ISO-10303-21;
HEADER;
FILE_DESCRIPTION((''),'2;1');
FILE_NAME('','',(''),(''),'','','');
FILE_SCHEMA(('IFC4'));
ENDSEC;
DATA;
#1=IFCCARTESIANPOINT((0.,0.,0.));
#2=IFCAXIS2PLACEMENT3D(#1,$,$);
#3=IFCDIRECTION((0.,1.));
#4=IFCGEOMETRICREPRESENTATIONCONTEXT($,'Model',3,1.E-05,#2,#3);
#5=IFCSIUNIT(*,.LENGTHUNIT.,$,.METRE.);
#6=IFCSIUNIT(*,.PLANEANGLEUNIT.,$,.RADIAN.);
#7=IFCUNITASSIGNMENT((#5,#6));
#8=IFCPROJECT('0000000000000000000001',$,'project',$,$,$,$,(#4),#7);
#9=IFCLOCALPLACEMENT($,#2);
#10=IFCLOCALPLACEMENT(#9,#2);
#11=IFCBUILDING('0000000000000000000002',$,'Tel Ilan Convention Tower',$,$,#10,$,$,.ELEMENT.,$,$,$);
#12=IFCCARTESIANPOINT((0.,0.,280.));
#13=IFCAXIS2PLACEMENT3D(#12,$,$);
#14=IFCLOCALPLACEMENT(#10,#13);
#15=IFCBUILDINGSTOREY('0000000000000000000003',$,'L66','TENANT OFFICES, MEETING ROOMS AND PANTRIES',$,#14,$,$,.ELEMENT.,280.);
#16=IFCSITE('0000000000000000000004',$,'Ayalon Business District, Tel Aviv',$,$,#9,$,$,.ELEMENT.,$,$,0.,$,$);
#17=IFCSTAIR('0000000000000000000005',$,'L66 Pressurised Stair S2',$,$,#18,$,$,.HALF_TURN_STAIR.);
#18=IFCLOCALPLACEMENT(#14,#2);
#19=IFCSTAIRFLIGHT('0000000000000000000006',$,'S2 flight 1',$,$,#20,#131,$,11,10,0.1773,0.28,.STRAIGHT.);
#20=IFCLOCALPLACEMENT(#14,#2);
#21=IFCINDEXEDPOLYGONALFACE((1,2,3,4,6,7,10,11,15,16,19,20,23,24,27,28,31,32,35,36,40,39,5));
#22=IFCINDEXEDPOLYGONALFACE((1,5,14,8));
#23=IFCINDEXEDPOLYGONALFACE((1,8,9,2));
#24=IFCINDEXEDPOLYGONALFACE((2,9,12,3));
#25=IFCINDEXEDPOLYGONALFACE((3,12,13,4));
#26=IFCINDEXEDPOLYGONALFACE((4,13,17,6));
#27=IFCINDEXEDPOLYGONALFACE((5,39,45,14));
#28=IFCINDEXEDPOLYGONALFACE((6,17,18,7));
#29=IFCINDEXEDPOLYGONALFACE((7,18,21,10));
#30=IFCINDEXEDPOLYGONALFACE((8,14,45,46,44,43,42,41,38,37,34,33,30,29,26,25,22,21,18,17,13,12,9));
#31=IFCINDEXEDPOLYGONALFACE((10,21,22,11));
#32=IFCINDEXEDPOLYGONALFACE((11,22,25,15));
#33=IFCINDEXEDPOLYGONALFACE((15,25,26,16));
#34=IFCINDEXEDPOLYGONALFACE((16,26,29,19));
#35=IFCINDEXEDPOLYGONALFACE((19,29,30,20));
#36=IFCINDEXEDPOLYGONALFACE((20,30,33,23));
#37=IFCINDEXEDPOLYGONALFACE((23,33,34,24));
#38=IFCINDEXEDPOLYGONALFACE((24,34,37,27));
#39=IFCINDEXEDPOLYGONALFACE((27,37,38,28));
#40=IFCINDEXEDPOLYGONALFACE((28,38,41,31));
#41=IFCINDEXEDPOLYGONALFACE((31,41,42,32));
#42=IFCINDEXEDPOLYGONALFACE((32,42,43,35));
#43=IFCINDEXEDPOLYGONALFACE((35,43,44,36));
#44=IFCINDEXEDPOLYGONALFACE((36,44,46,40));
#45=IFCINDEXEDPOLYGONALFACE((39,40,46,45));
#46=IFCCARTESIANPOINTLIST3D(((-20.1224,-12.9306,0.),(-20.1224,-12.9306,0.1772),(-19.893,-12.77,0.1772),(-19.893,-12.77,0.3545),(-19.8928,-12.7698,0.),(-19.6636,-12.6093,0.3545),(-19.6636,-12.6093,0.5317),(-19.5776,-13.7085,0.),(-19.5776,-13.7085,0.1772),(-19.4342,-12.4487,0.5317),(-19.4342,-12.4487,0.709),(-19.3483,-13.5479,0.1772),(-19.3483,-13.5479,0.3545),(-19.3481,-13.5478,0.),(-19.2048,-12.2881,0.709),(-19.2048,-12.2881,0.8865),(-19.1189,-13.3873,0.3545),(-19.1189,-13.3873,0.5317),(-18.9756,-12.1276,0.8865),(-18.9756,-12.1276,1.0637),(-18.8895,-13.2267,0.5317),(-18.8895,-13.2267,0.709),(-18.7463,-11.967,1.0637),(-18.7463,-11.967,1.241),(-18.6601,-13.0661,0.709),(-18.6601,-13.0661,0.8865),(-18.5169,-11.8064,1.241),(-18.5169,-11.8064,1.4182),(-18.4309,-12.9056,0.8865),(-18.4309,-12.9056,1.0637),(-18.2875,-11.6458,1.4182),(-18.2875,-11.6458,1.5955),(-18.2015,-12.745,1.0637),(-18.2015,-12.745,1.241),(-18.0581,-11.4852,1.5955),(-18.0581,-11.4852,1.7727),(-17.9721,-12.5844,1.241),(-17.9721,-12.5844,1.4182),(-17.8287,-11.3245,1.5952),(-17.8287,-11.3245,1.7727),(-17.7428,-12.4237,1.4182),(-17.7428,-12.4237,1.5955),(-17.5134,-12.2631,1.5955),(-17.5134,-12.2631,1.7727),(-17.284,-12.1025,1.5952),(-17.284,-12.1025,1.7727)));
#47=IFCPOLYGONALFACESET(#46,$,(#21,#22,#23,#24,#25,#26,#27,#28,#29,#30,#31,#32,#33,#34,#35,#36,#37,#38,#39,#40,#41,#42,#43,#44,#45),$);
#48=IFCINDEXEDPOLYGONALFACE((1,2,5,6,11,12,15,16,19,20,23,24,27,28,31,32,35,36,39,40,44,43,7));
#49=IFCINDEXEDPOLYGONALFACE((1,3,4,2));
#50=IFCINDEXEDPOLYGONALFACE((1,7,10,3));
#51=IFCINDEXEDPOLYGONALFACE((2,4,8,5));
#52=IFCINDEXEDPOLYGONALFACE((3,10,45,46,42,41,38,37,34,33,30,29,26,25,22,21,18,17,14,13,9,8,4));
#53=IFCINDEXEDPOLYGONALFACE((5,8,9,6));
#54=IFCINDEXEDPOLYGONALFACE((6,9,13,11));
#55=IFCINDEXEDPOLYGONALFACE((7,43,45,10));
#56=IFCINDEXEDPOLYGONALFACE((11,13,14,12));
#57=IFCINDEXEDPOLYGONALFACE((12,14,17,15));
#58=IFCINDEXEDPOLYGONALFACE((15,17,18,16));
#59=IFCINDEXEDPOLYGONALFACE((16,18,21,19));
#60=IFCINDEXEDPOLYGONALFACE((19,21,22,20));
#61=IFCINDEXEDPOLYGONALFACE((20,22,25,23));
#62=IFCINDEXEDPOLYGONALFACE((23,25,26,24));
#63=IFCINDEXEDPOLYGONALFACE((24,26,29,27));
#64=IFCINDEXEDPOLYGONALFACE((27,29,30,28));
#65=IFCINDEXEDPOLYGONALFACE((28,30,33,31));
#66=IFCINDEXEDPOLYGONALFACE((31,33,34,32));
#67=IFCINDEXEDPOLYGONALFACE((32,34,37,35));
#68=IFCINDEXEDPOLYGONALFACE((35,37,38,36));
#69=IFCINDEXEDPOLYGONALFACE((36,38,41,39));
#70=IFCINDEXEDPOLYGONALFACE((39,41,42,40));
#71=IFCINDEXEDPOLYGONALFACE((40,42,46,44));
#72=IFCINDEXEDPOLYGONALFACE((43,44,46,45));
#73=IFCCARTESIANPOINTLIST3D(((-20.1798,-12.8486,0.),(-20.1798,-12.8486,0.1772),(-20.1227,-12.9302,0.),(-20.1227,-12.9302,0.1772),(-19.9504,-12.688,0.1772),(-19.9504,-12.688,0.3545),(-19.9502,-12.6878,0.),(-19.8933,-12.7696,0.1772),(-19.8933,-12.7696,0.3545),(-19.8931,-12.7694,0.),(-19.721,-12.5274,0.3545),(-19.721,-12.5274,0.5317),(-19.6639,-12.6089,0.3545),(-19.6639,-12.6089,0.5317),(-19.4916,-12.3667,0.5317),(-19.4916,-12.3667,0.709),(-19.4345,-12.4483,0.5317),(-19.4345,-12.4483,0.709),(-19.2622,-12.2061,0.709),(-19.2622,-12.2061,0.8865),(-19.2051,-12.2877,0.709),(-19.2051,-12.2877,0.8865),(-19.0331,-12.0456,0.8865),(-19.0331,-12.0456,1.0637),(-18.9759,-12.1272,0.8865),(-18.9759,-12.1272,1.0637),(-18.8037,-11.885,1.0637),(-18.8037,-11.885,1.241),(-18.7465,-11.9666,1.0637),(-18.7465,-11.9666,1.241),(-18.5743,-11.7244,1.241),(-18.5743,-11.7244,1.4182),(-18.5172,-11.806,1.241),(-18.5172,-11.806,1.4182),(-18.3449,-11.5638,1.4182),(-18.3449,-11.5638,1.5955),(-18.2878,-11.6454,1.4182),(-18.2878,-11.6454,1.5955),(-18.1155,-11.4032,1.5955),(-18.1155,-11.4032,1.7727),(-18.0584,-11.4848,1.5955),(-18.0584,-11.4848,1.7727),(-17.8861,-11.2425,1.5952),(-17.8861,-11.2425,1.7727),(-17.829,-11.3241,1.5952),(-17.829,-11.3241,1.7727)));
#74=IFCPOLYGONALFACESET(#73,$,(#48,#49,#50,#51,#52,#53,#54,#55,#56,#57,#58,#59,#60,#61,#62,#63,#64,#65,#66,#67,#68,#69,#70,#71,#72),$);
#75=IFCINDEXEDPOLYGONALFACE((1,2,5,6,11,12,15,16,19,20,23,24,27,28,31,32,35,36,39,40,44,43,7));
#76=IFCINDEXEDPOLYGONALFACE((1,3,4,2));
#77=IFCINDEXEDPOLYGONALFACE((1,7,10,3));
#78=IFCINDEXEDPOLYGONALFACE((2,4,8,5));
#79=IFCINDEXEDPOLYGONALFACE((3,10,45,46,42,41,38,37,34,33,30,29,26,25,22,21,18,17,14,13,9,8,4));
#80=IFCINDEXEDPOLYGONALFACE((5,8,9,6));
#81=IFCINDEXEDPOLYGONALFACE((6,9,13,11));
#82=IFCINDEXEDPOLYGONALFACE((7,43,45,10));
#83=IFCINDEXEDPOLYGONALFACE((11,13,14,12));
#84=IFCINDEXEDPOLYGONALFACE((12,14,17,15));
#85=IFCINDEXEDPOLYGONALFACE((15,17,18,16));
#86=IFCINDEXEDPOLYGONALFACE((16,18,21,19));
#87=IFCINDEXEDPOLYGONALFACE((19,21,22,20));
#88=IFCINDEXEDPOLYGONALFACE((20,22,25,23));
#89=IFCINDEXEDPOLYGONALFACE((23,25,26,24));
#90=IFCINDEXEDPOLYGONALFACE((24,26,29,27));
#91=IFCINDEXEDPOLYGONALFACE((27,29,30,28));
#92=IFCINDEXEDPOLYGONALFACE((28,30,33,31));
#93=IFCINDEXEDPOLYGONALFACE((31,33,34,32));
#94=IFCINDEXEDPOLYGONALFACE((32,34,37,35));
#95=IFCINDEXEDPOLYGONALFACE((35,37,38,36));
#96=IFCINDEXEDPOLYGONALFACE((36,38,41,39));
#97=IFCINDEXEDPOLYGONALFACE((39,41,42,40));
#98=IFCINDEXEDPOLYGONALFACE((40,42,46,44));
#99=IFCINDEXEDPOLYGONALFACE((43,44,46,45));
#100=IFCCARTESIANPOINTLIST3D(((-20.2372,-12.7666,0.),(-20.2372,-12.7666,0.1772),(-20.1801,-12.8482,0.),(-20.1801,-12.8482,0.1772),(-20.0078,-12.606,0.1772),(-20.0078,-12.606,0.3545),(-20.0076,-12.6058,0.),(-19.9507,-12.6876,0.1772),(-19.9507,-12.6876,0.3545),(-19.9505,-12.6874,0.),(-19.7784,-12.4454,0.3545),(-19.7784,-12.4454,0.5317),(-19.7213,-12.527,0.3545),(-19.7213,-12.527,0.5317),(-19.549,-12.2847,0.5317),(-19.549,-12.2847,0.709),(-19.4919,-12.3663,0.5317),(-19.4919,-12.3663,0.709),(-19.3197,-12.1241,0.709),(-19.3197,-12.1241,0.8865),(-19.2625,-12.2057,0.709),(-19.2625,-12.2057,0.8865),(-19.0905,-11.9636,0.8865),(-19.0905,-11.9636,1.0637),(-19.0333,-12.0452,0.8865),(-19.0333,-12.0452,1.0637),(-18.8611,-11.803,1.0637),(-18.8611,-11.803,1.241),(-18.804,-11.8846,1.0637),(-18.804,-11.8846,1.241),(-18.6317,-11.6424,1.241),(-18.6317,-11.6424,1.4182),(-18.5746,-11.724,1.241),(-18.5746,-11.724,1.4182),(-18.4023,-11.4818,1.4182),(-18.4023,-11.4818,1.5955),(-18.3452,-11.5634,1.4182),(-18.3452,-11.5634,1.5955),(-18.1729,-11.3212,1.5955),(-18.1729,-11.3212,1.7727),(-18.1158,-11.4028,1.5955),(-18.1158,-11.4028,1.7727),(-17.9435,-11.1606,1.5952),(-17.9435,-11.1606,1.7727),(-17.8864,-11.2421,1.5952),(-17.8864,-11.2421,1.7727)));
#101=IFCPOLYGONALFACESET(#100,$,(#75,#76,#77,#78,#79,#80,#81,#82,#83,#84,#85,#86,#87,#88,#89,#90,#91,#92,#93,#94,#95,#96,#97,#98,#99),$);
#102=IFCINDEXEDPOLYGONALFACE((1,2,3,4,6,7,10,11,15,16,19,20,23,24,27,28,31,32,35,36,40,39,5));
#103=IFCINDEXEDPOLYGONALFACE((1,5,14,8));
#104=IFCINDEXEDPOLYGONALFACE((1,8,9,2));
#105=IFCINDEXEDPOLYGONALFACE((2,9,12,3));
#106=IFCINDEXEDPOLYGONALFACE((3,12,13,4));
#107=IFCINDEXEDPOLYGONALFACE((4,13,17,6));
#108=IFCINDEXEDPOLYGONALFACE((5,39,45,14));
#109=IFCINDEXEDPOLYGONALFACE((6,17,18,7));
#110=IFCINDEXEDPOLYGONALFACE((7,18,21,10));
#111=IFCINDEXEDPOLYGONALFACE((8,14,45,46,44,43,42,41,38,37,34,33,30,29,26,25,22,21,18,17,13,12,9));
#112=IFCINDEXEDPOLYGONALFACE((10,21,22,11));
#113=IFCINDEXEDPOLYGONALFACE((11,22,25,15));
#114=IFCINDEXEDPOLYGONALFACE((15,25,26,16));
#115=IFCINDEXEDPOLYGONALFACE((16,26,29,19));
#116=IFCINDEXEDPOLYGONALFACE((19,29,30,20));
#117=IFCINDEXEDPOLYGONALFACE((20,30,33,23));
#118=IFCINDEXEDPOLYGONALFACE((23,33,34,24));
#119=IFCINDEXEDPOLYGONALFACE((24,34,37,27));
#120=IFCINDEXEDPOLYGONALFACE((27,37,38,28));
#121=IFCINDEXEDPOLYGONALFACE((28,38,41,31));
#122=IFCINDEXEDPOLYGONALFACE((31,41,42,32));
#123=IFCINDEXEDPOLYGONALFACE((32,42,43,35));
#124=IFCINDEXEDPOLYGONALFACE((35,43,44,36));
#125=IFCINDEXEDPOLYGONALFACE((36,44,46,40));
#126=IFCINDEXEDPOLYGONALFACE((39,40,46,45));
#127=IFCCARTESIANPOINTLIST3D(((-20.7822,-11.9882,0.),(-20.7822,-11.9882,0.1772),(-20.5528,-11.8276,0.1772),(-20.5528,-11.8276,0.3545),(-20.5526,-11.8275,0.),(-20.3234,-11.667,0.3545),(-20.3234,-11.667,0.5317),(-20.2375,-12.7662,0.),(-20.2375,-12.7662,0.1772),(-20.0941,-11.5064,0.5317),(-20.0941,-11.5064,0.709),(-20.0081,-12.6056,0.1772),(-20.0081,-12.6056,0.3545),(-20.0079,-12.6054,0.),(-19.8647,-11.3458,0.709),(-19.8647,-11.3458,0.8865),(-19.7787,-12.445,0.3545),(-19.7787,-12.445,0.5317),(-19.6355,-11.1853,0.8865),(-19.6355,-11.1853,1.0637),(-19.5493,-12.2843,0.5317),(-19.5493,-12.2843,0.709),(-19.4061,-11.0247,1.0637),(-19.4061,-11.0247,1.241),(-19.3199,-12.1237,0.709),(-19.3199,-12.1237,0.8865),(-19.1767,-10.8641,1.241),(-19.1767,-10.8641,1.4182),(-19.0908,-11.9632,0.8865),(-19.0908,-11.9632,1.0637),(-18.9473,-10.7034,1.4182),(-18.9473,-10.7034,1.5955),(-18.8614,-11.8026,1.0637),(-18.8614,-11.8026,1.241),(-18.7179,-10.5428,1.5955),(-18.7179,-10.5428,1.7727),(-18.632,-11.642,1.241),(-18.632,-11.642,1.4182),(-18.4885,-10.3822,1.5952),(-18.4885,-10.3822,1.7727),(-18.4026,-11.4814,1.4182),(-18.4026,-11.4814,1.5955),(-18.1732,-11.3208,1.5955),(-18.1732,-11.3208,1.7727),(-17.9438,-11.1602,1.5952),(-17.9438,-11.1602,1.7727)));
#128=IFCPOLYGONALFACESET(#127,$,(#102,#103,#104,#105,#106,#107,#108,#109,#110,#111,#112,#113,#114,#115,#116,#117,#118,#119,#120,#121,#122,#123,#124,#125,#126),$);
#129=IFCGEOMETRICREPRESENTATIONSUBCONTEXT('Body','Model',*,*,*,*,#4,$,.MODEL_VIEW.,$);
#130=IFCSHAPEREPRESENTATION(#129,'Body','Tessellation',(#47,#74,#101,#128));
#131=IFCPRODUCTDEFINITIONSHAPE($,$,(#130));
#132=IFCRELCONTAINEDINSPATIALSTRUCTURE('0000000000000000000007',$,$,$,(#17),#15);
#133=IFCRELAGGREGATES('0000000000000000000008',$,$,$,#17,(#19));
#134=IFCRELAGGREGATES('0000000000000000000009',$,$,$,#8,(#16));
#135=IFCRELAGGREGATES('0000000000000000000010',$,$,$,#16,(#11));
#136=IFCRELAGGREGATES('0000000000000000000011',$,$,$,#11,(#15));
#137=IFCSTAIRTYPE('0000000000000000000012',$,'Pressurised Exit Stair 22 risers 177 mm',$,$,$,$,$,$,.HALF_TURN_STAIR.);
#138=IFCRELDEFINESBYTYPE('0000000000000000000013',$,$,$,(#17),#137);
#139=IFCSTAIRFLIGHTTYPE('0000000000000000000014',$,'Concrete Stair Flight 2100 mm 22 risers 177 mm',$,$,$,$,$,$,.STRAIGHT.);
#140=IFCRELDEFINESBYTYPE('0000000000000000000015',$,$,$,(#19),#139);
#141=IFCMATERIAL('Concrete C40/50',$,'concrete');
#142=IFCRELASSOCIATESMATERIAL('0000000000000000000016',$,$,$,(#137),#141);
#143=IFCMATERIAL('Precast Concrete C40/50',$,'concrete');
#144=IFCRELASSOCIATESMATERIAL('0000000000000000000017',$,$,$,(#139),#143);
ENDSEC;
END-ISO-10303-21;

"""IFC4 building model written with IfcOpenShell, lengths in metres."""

from ifc_helpers import new_model, si_unit, direction, frame, origin, place, context, subcontext, project, spatial, polyline, outline, extrude, material, type_object, element, aggregate, save


model = new_model("IFC4")

# Units and contexts
model_context = context("Model", 3, precision=1e-05, world=origin(), true_north=direction((0.0, 1.0)))
body_context = subcontext(model_context, "Body", "Model", "MODEL_VIEW")
ifc_project = project(units=[si_unit("LENGTHUNIT", "METRE"), si_unit("PLANEANGLEUNIT", "RADIAN")], contexts=[model_context])

# Site, building, storey
site_placement = place(None, origin())
site = spatial("IfcSite", under=ifc_project, at=site_placement, Name="Ayalon Business District, Tel Aviv", CompositionType="ELEMENT", RefElevation=0.0)
building_placement = place(site_placement, origin())
building = spatial("IfcBuilding", under=site, at=building_placement, Name="Tel Ilan Convention Tower", CompositionType="ELEMENT")
storey_placement = place(building_placement, frame((0.0, 0.0, 280.0)))
storey = spatial("IfcBuildingStorey", under=building, at=storey_placement, Name="L66", Description="TENANT OFFICES, MEETING ROOMS AND PANTRIES", CompositionType="ELEMENT", Elevation=280.0)

# Stair, stair flight
ifc_material_1 = material(Name="Concrete C40/50", Category="concrete")
stair_type = type_object("IfcStairType", Name="Pressurised Exit Stair 22 risers 177 mm", PredefinedType="HALF_TURN_STAIR", material=ifc_material_1)
ifc_material_2 = material(Name="Precast Concrete C40/50", Category="concrete")
stair_flight_type = type_object("IfcStairFlightType", Name="Concrete Stair Flight 2100 mm 22 risers 177 mm", PredefinedType="STRAIGHT", material=ifc_material_2)
stair_1_placement = place(storey_placement, origin())
stair_1 = element("IfcStair", 1, at=stair_1_placement, inside=storey, type_object=stair_type, Name="L66 Pressurised Stair S2", PredefinedType="HALF_TURN_STAIR")
stair_flight_1_placement = place(storey_placement, frame((-20.1799, -12.8484, 0.0), z_axis=(0.0, 0.0, 1.0), x_axis=(0.819152, 0.573576, 0.0)))
stair_flight_1 = element("IfcStairFlight", 2, at=stair_flight_1_placement, type_object=stair_flight_type, Name="S2 flight 1", NumberOfRisers=11, NumberOfTreads=10, PredefinedType="STRAIGHT", RiserHeight=0.1773, TreadLength=0.28, context=body_context, shape_type="SweptSolid", body=[
    extrude(outline(polyline([(0.0, 0.0), (0.0, 0.1772), (0.28, 0.1772), (0.28, 0.3545), (0.5601, 0.3545), (0.5601, 0.5317), (0.8401, 0.5317), (0.8401, 0.709), (1.1201, 0.709), (1.1201, 0.8865), (1.3999, 0.8865), (1.3999, 1.0637), (1.6799, 1.0637), (1.6799, 1.241), (1.96, 1.241), (1.96, 1.4182), (2.24, 1.4182), (2.24, 1.5955), (2.52, 1.5955), (2.52, 1.7727), (2.8, 1.7727), (2.8, 1.95), (2.8, 1.5952), (0.2803, 0.0), (0.0, 0.0)])), frame((0.0, -0.1003, 0.0), z_axis=(0.0, -1.0, 0.0), x_axis=(1.0, 0.0, 0.0)), (0.0, 0.0, 1.0), 0.9497),
    extrude(outline(polyline([(0.0, 0.0), (0.0, 0.1772), (0.28, 0.1772), (0.28, 0.3545), (0.5601, 0.3545), (0.5601, 0.5317), (0.8401, 0.5317), (0.8401, 0.709), (1.1201, 0.709), (1.1201, 0.8865), (1.3999, 0.8865), (1.3999, 1.0637), (1.6799, 1.0637), (1.6799, 1.241), (1.96, 1.241), (1.96, 1.4182), (2.24, 1.4182), (2.24, 1.5955), (2.52, 1.5955), (2.52, 1.7727), (2.8, 1.7727), (2.8, 1.95), (2.8, 1.5952), (0.2803, 0.0), (0.0, 0.0)])), frame((0.0, -0.0002, 0.0), z_axis=(0.0, -1.0, 0.0), x_axis=(1.0, 0.0, 0.0)), (0.0, 0.0, 1.0), 0.0996),
    extrude(outline(polyline([(0.0, 0.0), (0.0, 0.1772), (0.28, 0.1772), (0.28, 0.3545), (0.5601, 0.3545), (0.5601, 0.5317), (0.8401, 0.5317), (0.8401, 0.709), (1.1201, 0.709), (1.1201, 0.8865), (1.3999, 0.8865), (1.3999, 1.0637), (1.6799, 1.0637), (1.6799, 1.241), (1.96, 1.241), (1.96, 1.4182), (2.24, 1.4182), (2.24, 1.5955), (2.52, 1.5955), (2.52, 1.7727), (2.8, 1.7727), (2.8, 1.95), (2.8, 1.5952), (0.2803, 0.0), (0.0, 0.0)])), frame((0.0, 0.0999, 0.0), z_axis=(0.0, -1.0, 0.0), x_axis=(1.0, 0.0, 0.0)), (0.0, 0.0, 1.0), 0.0996),
    extrude(outline(polyline([(0.0, 0.0), (0.0, 0.1772), (0.28, 0.1772), (0.28, 0.3545), (0.5601, 0.3545), (0.5601, 0.5317), (0.8401, 0.5317), (0.8401, 0.709), (1.1201, 0.709), (1.1201, 0.8865), (1.3999, 0.8865), (1.3999, 1.0637), (1.6799, 1.0637), (1.6799, 1.241), (1.96, 1.241), (1.96, 1.4182), (2.24, 1.4182), (2.24, 1.5955), (2.52, 1.5955), (2.52, 1.7727), (2.8, 1.7727), (2.8, 1.95), (2.8, 1.5952), (0.2803, 0.0), (0.0, 0.0)])), frame((0.0, 1.05, 0.0), z_axis=(0.0, -1.0, 0.0), x_axis=(1.0, 0.0, 0.0)), (0.0, 0.0, 1.0), 0.9497),
])
aggregate(stair_1, [stair_flight_1])

save(model, "model.ifc")
